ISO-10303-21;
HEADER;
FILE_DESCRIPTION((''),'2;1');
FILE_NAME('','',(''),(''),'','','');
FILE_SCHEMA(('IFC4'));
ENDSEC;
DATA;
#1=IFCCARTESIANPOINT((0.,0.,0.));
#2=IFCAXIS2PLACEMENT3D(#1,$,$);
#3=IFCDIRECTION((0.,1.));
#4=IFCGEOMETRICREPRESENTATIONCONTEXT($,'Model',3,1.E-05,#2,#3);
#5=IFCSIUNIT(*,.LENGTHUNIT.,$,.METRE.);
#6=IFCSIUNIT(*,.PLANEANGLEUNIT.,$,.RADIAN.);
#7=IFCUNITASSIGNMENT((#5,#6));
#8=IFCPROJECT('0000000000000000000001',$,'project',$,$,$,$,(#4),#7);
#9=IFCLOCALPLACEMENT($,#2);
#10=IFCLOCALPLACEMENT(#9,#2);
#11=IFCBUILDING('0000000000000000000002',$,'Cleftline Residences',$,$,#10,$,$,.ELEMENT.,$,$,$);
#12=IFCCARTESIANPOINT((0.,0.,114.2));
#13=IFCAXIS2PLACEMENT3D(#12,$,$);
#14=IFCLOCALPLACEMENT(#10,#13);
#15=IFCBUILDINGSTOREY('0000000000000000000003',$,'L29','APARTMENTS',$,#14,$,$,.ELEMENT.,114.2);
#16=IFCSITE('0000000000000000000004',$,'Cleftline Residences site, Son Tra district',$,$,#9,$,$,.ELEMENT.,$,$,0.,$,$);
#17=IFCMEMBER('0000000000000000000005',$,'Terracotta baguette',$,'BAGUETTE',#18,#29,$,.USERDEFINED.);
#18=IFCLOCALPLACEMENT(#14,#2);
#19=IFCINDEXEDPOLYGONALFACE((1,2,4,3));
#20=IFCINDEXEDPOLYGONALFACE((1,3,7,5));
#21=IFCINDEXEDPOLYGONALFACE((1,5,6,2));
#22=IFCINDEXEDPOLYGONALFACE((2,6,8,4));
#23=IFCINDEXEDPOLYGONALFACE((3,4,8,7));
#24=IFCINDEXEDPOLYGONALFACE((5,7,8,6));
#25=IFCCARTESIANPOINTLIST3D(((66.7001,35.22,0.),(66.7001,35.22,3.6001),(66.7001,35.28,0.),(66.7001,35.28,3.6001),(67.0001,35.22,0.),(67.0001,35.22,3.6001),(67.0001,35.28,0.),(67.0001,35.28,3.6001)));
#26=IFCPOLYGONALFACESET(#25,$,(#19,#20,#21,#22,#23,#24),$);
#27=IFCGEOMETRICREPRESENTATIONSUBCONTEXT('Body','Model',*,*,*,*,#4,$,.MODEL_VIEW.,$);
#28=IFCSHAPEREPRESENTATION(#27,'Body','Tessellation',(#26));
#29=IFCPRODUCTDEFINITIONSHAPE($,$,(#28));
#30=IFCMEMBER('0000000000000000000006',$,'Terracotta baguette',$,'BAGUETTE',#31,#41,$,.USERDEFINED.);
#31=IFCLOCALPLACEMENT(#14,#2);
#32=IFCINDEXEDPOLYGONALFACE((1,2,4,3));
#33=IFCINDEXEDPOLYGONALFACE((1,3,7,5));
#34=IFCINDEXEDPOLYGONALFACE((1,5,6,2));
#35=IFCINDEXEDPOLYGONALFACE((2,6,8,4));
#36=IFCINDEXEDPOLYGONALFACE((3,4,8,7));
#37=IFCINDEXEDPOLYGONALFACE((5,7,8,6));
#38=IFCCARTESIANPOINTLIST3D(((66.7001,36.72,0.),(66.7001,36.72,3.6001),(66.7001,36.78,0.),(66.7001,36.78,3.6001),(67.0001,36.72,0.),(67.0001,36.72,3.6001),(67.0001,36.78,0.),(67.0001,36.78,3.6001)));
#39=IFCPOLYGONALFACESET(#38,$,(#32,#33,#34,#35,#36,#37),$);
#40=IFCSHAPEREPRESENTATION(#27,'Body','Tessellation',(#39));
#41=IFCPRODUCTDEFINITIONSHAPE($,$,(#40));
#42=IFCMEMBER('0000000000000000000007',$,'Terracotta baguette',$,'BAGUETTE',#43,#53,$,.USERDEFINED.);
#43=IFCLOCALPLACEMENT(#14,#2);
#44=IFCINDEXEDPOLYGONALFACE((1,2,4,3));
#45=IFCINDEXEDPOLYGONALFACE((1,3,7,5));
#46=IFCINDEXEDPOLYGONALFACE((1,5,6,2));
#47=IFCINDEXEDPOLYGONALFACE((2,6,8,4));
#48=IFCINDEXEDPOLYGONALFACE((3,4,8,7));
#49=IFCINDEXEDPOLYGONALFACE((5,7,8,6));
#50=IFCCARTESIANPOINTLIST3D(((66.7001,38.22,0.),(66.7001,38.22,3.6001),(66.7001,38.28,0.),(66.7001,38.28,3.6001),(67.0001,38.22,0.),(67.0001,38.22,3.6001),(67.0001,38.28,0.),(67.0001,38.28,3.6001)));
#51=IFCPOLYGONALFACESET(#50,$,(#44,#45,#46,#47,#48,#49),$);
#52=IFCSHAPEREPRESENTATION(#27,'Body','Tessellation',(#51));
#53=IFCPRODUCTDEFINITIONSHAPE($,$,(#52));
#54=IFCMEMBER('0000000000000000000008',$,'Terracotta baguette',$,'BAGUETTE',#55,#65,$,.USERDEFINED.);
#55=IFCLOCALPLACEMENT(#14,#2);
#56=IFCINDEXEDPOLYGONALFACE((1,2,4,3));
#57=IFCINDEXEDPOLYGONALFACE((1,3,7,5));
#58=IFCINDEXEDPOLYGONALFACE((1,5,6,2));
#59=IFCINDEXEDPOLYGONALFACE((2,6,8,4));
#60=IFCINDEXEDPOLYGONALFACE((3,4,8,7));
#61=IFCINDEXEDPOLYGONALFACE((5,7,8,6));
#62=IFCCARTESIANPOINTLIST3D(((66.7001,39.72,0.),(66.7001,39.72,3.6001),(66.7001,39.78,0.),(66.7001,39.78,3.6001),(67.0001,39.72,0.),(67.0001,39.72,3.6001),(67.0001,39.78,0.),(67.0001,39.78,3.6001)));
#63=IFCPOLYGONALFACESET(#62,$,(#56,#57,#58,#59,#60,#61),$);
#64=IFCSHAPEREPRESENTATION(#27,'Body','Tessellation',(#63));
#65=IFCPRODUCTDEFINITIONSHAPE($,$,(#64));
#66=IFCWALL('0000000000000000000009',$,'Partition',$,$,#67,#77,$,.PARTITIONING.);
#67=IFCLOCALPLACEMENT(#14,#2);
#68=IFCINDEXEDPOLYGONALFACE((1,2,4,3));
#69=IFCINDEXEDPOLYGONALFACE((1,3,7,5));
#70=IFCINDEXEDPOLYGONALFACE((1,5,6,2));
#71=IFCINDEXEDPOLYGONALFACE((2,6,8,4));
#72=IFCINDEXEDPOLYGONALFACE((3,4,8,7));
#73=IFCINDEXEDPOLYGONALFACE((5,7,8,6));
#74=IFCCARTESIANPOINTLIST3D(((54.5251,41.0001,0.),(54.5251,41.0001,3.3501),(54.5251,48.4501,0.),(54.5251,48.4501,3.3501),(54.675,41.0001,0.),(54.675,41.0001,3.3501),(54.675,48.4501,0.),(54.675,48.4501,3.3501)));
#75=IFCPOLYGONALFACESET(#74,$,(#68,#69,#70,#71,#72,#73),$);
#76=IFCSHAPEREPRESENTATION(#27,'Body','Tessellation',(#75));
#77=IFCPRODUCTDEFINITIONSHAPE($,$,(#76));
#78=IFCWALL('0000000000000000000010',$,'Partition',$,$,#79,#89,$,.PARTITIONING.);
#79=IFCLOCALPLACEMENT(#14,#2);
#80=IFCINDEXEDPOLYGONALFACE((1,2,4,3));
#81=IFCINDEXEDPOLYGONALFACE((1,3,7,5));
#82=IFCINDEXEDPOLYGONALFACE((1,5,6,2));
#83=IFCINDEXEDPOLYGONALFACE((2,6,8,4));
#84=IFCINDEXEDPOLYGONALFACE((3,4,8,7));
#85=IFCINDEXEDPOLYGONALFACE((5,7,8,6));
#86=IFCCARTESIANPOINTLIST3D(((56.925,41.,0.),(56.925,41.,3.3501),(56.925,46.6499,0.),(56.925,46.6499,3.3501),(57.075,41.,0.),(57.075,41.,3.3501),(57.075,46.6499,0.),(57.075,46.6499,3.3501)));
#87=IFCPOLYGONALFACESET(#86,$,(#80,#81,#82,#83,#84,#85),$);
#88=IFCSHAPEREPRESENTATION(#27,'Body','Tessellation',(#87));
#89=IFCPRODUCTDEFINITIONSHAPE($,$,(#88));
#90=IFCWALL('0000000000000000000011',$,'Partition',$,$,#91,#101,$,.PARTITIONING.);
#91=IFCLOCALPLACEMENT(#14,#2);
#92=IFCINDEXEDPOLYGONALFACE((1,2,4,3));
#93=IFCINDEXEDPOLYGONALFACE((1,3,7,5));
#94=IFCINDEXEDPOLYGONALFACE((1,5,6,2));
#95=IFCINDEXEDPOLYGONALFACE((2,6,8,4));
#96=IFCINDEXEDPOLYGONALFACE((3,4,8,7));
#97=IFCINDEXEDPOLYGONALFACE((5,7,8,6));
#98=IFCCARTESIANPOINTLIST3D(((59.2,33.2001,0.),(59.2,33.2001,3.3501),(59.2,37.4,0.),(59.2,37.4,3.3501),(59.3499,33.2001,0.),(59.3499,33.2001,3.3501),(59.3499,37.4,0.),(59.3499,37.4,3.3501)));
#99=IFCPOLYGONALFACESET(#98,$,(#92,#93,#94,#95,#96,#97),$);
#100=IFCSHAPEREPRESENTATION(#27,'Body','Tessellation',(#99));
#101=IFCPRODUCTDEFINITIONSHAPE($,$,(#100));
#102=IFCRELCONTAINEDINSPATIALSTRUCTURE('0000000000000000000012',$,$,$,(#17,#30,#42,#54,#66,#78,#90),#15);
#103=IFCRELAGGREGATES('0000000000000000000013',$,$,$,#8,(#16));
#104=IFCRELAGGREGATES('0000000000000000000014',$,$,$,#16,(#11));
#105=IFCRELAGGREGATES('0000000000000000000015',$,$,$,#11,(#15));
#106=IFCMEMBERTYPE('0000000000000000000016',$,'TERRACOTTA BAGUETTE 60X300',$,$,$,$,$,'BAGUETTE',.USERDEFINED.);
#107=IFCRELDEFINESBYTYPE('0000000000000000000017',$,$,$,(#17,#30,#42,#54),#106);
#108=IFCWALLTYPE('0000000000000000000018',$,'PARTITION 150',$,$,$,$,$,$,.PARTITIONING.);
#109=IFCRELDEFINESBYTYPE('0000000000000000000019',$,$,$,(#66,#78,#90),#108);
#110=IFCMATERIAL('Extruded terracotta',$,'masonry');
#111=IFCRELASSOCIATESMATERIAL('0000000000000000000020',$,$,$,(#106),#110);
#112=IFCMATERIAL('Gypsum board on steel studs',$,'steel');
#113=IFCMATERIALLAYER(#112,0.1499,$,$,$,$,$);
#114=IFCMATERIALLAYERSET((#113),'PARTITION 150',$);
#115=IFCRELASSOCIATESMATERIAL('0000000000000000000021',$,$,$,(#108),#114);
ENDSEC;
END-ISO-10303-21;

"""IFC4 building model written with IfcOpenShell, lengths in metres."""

from ifc_helpers import new_model, si_unit, direction, frame, frame_2d, origin, origin_2d, place, context, subcontext, project, spatial, rectangle, extrude, material, layer, layer_set, material_profile, profile_set, type_object, element, save


model = new_model("IFC4")

# Units and contexts
model_context = context("Model", 3, precision=1e-05, world=origin(), true_north=direction((0.0, 1.0)))
body_context = subcontext(model_context, "Body", "Model", "MODEL_VIEW")
ifc_project = project(units=[si_unit("LENGTHUNIT", "METRE"), si_unit("PLANEANGLEUNIT", "RADIAN")], contexts=[model_context])

# Site, building, storey
site_placement = place(None, origin())
site = spatial("IfcSite", under=ifc_project, at=site_placement, Name="Cleftline Residences site, Son Tra district", CompositionType="ELEMENT", RefElevation=0.0)
building_placement = place(site_placement, origin())
building = spatial("IfcBuilding", under=site, at=building_placement, Name="Cleftline Residences", CompositionType="ELEMENT")
storey_placement = place(building_placement, frame((0.0, 0.0, 114.2)))
storey = spatial("IfcBuildingStorey", under=building, at=storey_placement, Name="L29", Description="APARTMENTS", CompositionType="ELEMENT", Elevation=114.2)

# Members
ifc_material_1 = material(Name="Extruded terracotta", Category="masonry")
ifc_material_profile_1 = material_profile(ifc_material_1, rectangle(XDim=0.0601, YDim=0.3, at=origin_2d()))
ifc_profile_set_1 = profile_set([ifc_material_profile_1], Name="Extruded terracotta")
member_type_1 = type_object("IfcMemberType", Name="TERRACOTTA BAGUETTE 60X300", ElementType="BAGUETTE", PredefinedType="USERDEFINED", material=ifc_profile_set_1)
for number, where, z_axis, x_axis, name in (
    (1, (66.8501, 35.25, 0.0), (0.0, 0.0, 1.0), (0.0, 1.0, 0.0), "Terracotta baguette"),
    (2, (66.8501, 36.75, 0.0), (0.0, 0.0, 1.0), (0.0, 1.0, 0.0), "Terracotta baguette"),
    (3, (66.8501, 38.25, 0.0), (0.0, 0.0, 1.0), (0.0, 1.0, 0.0), "Terracotta baguette"),
    (4, (66.8501, 39.75, 0.0), (0.0, 0.0, 1.0), (0.0, 1.0, 0.0), "Terracotta baguette"),
):
    element("IfcMember", number, at=place(storey_placement, frame(where, z_axis=z_axis, x_axis=x_axis)), inside=storey, type_object=member_type_1, Name=name, ObjectType="BAGUETTE", PredefinedType="USERDEFINED", context=body_context, shape_type="SweptSolid", body=[
        extrude(rectangle(XDim=0.0601, YDim=0.3, at=origin_2d()), origin(), (0.0, 0.0, 1.0), 3.6001),
    ])

# Walls
ifc_material_2 = material(Name="Gypsum board on steel studs", Category="steel")
ifc_layer = layer(ifc_material_2, 0.1499)
ifc_layer_set = layer_set([ifc_layer], Name="PARTITION 150")
wall_type = type_object("IfcWallType", Name="PARTITION 150", PredefinedType="PARTITIONING", material=ifc_layer_set)
wall_1_placement = place(storey_placement, frame((54.6001, 41.0, 0.0), z_axis=(0.0, 0.0, 1.0), x_axis=(0.0, 1.0, 0.0)))
element("IfcWall", 5, at=wall_1_placement, inside=storey, type_object=wall_type, Name="Partition", PredefinedType="PARTITIONING", context=body_context, shape_type="SweptSolid", body=[
    extrude(rectangle(XDim=7.45, YDim=0.1499, at=frame_2d((3.7251, 0.0))), origin(), (0.0, 0.0, 1.0), 3.3501),
])
wall_2_placement = place(storey_placement, frame((57.0, 41.0, 0.0), z_axis=(0.0, 0.0, 1.0), x_axis=(0.0, 1.0, 0.0)))
element("IfcWall", 6, at=wall_2_placement, inside=storey, type_object=wall_type, Name="Partition", PredefinedType="PARTITIONING", context=body_context, shape_type="SweptSolid", body=[
    extrude(rectangle(XDim=5.6499, YDim=0.1499, at=frame_2d((2.825, 0.0))), origin(), (0.0, 0.0, 1.0), 3.3501),
])
wall_3_placement = place(storey_placement, frame((59.2749, 33.2, 0.0), z_axis=(0.0, 0.0, 1.0), x_axis=(0.0, 1.0, 0.0)))
element("IfcWall", 7, at=wall_3_placement, inside=storey, type_object=wall_type, Name="Partition", PredefinedType="PARTITIONING", context=body_context, shape_type="SweptSolid", body=[
    extrude(rectangle(XDim=4.2, YDim=0.1499, at=frame_2d((2.1001, 0.0))), origin(), (0.0, 0.0, 1.0), 3.3501),
])

save(model, "model.ifc")
